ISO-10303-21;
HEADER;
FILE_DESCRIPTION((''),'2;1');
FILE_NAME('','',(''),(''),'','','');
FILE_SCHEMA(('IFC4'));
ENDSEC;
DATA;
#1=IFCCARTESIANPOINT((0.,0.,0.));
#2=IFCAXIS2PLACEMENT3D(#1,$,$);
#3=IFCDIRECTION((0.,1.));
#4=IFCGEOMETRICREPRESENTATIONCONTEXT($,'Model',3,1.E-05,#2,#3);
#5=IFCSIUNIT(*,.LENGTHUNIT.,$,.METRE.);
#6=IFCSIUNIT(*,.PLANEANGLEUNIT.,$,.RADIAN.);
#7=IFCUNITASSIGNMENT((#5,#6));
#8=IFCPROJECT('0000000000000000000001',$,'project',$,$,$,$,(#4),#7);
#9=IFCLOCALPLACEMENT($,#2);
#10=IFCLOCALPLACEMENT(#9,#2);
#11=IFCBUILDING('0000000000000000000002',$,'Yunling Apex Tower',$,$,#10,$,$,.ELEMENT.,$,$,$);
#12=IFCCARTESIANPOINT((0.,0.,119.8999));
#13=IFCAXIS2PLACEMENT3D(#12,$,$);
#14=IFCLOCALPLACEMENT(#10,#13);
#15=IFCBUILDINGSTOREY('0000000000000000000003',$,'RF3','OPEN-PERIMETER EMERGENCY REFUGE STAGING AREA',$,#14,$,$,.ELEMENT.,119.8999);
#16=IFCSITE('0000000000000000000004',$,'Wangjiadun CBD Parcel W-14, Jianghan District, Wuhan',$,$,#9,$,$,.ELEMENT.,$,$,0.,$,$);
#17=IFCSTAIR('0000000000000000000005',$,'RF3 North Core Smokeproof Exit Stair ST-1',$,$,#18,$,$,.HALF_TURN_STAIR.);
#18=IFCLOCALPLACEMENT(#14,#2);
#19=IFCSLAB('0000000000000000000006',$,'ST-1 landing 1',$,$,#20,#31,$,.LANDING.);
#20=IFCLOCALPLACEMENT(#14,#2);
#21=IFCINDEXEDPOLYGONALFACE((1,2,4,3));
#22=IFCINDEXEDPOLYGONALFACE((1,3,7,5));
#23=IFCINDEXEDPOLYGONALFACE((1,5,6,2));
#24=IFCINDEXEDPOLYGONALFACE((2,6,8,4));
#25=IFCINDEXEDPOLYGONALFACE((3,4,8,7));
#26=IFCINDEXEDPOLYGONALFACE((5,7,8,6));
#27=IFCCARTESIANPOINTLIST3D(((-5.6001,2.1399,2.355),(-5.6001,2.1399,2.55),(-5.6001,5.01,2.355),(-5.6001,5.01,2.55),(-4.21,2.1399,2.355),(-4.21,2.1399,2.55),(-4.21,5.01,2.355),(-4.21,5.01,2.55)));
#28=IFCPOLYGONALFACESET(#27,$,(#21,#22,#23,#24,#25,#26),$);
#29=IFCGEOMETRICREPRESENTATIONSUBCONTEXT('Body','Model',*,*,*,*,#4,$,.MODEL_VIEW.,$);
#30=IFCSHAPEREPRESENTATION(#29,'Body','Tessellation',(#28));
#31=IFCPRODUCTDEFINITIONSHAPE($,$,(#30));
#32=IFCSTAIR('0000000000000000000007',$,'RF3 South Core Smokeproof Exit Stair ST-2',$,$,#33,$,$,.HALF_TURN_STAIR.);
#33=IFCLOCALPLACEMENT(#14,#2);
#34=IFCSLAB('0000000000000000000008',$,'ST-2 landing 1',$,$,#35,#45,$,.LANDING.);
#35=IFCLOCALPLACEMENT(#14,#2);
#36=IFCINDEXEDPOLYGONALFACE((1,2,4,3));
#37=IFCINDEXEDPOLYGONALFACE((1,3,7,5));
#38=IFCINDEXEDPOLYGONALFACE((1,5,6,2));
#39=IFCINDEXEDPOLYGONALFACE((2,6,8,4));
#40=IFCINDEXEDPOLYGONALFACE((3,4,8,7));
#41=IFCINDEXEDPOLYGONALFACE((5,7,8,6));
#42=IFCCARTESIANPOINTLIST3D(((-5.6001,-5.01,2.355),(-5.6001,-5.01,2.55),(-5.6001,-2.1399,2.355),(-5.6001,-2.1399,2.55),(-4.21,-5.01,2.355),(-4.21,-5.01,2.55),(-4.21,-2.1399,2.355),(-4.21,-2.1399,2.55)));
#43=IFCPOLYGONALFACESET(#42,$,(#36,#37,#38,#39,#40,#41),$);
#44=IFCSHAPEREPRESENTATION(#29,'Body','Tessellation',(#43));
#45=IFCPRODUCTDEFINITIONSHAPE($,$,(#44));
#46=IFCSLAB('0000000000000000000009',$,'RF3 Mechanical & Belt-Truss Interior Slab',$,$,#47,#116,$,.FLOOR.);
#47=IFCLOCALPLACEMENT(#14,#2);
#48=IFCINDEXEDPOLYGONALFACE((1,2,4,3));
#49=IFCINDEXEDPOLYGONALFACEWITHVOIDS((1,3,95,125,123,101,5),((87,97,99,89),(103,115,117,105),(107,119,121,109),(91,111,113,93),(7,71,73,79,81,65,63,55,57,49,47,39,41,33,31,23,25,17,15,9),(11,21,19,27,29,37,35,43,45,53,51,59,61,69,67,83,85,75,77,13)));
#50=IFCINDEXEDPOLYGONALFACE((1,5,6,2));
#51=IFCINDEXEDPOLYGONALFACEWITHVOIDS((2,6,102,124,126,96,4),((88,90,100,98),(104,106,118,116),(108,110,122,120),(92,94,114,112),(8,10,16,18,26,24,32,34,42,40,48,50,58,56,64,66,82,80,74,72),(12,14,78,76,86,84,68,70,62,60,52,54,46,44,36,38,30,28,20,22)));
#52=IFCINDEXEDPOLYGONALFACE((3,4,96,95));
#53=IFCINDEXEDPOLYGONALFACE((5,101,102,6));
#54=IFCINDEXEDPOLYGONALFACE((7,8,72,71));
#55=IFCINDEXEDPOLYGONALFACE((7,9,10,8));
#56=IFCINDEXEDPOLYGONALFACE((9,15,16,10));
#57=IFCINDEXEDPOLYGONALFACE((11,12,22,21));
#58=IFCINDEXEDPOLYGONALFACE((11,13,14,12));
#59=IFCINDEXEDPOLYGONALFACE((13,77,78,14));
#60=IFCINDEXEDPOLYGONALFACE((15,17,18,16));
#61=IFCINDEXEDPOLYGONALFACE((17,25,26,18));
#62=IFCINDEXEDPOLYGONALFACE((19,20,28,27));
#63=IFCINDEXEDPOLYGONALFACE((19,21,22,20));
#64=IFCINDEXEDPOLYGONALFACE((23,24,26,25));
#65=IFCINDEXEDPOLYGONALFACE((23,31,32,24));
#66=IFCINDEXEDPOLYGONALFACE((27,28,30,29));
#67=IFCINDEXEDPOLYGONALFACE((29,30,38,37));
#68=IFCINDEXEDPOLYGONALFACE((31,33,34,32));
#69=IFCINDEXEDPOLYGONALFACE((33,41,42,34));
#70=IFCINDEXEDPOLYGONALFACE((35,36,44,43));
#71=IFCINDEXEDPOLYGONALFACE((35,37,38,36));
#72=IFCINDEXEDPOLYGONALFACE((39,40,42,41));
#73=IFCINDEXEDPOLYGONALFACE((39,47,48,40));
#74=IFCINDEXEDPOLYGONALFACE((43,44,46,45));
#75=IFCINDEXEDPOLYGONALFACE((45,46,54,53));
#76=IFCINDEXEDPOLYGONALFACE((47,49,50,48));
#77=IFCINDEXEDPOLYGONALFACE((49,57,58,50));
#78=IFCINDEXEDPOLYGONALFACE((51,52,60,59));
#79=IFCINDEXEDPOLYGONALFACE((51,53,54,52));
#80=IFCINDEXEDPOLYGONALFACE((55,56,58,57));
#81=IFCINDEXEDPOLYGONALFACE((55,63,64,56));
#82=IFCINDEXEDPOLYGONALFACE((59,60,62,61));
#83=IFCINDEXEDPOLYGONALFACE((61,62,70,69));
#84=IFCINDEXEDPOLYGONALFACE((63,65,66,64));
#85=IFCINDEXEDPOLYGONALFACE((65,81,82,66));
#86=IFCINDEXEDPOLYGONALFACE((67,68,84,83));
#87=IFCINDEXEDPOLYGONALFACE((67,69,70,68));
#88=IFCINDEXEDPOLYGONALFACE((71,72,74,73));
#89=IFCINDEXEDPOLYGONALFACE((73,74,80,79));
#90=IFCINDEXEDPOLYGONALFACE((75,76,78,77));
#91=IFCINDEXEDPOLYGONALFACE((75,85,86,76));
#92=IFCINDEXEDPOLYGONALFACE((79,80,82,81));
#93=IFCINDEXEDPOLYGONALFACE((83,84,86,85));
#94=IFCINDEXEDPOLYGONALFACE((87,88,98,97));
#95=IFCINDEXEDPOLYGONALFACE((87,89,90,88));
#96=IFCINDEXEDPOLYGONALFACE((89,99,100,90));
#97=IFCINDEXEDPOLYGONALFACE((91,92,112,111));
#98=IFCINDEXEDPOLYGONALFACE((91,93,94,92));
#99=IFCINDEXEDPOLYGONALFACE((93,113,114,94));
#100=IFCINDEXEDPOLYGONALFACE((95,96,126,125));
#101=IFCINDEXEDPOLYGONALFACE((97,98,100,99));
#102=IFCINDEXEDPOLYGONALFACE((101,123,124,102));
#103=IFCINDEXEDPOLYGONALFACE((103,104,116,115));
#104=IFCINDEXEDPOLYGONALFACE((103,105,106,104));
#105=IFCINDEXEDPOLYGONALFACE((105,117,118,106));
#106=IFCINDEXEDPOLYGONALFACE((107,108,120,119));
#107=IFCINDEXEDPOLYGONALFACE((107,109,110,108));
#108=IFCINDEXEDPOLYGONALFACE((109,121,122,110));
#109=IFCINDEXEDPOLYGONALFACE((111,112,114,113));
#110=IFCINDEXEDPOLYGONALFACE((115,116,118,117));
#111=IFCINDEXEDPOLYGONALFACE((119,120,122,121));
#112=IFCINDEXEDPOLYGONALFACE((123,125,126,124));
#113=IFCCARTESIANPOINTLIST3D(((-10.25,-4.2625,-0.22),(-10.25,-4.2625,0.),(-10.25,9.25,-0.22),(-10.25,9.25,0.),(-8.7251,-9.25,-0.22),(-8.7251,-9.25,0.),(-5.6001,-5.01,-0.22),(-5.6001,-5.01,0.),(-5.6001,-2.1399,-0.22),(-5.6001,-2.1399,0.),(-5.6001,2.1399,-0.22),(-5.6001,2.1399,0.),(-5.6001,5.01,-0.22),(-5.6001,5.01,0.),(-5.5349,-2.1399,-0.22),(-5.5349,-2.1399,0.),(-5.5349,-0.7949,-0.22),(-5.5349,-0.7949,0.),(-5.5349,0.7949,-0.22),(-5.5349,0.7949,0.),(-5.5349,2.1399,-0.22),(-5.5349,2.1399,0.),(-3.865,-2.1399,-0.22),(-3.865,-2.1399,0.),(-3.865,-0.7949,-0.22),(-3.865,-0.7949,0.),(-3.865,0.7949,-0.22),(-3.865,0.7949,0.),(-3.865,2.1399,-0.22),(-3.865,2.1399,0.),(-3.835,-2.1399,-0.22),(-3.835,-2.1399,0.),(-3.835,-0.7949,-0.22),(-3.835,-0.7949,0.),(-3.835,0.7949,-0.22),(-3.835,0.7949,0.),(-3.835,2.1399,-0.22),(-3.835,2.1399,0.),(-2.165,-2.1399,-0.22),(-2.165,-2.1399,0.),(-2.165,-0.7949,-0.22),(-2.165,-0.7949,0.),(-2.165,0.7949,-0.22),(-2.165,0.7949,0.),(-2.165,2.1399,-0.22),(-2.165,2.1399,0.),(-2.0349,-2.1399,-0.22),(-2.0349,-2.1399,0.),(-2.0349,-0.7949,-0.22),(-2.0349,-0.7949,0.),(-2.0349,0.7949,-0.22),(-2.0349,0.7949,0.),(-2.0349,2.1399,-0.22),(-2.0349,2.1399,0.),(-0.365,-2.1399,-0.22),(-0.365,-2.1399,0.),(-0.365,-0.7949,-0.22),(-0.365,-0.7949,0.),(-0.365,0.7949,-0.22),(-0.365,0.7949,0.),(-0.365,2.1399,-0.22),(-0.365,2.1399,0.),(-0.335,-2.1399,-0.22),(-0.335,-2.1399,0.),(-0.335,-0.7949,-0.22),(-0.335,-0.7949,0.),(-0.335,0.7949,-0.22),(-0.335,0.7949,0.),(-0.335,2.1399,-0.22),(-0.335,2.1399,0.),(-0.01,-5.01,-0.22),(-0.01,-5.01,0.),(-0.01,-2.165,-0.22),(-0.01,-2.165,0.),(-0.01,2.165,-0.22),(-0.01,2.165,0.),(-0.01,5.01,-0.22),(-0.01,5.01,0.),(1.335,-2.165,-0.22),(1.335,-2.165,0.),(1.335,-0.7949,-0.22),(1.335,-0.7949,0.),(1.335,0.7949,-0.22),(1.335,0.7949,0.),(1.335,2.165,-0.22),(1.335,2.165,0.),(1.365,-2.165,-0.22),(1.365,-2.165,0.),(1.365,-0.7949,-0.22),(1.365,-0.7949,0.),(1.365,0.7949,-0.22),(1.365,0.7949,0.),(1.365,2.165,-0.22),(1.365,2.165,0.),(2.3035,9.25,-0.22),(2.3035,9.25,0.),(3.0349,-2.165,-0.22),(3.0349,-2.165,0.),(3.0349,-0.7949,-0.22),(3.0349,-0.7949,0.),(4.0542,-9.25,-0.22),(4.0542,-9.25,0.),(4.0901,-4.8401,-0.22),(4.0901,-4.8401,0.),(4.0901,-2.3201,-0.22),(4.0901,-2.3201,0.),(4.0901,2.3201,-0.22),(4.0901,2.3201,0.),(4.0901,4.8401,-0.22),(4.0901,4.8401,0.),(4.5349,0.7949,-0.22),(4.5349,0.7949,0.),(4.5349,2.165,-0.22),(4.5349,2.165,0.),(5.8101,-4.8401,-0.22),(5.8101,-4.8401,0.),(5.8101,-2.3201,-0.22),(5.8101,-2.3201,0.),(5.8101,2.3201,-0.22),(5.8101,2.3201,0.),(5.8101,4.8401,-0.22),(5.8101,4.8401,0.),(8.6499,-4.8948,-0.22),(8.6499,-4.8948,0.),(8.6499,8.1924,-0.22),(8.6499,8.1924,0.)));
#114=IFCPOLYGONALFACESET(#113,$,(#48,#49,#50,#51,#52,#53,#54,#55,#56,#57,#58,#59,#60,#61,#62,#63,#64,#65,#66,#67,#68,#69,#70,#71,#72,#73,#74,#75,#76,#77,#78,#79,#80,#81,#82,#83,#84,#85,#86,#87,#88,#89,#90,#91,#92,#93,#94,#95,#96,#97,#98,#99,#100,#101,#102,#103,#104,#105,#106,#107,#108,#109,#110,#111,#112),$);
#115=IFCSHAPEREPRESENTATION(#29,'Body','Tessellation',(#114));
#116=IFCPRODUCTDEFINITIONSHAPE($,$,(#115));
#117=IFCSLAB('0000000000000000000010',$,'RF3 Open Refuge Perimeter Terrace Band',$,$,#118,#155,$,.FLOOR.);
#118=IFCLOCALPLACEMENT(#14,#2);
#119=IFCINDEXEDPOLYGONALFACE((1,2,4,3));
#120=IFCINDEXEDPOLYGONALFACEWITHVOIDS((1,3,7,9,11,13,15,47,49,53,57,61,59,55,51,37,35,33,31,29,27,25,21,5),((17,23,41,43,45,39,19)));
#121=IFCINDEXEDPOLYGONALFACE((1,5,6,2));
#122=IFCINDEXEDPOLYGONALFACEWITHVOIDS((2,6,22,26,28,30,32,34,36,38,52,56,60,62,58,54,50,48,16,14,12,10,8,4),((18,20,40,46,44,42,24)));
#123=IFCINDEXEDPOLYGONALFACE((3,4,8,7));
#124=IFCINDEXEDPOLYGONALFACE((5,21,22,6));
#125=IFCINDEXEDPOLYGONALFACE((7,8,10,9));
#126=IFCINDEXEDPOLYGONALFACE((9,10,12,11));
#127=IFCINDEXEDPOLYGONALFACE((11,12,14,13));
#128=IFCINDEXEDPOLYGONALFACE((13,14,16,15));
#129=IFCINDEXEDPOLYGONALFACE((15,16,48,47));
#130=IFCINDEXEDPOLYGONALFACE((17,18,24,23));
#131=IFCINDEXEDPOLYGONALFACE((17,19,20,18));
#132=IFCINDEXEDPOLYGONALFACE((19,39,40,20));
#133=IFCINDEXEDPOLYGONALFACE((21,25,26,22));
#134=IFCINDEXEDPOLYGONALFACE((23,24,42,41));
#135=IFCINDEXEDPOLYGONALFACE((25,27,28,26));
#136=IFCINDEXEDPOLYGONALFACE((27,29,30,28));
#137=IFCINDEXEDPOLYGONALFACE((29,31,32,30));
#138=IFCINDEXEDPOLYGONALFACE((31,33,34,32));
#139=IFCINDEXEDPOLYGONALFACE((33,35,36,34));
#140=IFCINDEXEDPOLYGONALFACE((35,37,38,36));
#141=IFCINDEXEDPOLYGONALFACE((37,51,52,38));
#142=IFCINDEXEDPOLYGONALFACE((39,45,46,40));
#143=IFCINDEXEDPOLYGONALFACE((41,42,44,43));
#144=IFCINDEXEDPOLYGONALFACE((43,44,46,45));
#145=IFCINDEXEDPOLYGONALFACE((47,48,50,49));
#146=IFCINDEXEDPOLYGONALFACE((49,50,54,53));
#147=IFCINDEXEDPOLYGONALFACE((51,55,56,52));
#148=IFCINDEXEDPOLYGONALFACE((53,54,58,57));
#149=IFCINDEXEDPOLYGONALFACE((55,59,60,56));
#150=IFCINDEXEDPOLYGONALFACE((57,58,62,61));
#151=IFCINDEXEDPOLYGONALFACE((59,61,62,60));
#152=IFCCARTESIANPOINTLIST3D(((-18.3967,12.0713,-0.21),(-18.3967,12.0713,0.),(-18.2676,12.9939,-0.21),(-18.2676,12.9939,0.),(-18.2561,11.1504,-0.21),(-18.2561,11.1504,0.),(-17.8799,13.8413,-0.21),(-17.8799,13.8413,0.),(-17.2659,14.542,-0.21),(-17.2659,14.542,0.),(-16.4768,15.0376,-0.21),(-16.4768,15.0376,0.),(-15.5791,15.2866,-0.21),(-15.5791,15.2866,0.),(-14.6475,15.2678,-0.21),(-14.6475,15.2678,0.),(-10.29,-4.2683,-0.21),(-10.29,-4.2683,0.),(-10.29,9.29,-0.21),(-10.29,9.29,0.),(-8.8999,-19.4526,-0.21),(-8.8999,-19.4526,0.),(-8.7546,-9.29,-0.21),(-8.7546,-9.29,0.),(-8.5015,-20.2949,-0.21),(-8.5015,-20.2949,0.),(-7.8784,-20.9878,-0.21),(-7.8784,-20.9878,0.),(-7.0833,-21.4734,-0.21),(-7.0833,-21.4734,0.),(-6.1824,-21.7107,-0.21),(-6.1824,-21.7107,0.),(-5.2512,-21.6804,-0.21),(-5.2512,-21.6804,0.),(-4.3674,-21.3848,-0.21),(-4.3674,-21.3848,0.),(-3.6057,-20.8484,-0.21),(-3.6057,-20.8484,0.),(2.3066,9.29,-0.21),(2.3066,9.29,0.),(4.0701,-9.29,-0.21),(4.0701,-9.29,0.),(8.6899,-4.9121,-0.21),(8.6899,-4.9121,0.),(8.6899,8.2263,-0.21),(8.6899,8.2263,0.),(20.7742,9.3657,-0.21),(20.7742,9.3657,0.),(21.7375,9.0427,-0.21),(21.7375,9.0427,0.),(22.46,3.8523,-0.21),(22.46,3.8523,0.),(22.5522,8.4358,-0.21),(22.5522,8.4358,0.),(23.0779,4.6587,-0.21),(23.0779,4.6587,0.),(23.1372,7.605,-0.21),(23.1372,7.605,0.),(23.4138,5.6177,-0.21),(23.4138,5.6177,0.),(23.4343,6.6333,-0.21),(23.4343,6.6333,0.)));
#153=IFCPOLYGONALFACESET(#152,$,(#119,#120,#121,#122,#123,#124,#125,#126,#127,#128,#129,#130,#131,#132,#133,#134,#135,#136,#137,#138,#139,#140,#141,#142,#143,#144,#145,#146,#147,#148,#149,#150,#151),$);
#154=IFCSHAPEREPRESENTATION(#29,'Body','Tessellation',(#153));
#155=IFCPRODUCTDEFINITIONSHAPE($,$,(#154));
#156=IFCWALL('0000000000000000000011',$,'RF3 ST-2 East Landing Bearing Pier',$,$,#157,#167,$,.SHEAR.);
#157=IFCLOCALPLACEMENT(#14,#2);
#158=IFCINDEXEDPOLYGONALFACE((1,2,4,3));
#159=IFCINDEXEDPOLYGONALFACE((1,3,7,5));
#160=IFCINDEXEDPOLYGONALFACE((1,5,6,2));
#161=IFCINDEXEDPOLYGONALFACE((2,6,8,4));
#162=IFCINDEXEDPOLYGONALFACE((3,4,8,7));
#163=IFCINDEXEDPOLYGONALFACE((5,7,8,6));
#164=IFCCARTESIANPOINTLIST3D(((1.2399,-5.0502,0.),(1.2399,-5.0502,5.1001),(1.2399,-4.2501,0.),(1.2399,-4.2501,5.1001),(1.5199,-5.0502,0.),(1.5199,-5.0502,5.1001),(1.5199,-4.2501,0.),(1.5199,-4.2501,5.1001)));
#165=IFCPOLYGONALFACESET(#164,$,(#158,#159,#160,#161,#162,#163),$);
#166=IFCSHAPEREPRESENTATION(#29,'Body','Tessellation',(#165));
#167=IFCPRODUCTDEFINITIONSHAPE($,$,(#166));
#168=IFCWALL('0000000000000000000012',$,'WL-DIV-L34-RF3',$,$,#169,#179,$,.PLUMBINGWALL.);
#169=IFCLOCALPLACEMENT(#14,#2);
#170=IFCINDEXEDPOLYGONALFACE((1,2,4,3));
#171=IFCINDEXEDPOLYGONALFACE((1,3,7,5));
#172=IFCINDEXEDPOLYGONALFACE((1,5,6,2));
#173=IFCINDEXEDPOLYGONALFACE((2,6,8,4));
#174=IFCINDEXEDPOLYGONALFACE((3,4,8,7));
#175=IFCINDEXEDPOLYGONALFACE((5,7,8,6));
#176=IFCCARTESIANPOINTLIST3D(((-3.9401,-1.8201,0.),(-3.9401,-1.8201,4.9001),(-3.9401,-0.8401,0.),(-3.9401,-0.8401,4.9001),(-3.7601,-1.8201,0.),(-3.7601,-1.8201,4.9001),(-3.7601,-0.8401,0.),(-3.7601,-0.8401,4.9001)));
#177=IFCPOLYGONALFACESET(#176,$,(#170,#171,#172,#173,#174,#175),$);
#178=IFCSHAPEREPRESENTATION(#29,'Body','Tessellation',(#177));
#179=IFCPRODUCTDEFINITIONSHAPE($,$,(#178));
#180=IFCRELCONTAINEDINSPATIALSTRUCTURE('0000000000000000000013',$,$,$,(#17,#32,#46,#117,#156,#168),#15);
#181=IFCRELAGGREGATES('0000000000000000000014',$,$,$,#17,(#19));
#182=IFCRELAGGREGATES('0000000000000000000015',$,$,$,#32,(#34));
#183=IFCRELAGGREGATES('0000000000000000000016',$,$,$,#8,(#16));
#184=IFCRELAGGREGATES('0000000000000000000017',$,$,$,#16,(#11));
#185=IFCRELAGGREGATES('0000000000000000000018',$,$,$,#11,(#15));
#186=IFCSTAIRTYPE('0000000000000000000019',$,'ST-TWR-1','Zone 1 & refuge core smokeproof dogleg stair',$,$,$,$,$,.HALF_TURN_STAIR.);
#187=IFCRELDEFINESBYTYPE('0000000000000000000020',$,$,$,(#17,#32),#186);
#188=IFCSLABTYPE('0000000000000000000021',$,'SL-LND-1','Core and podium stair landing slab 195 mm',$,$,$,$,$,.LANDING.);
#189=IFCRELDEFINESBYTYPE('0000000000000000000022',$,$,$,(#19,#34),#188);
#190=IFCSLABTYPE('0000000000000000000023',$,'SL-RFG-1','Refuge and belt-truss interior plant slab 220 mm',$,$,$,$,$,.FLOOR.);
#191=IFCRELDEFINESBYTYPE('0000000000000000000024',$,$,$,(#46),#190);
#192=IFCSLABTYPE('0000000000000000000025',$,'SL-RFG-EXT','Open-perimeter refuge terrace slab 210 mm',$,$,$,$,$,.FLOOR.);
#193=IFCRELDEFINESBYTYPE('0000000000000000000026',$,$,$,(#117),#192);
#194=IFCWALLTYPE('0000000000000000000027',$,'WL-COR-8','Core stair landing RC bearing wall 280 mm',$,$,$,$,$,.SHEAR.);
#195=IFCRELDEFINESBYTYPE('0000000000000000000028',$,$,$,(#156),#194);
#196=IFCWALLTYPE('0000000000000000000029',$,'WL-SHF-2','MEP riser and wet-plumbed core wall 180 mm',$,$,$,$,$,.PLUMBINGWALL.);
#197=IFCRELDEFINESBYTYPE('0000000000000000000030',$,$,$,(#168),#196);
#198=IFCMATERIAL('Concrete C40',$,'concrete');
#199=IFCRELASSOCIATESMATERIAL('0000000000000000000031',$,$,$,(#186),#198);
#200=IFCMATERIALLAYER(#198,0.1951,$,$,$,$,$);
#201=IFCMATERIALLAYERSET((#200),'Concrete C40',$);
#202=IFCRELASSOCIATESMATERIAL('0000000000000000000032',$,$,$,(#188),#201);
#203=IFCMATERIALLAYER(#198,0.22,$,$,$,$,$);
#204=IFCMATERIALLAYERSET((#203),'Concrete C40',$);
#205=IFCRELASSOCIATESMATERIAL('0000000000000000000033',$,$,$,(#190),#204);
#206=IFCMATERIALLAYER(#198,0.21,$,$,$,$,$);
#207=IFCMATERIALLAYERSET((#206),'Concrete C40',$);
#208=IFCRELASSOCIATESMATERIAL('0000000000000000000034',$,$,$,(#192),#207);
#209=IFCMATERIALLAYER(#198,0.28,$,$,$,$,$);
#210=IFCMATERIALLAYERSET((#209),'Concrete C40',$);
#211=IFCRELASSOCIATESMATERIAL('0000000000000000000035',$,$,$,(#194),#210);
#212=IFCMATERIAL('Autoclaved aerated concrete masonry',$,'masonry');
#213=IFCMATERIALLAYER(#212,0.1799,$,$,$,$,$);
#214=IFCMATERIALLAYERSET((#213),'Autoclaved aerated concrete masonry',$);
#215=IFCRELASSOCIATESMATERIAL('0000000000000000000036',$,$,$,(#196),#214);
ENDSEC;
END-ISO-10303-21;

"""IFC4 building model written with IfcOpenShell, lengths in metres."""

from ifc_helpers import new_model, si_unit, direction, frame, frame_2d, origin, place, context, subcontext, project, spatial, polyline, rectangle, outline, extrude, material, layer, layer_set, type_object, element, aggregate, save


model = new_model("IFC4")

# Units and contexts
model_context = context("Model", 3, precision=1e-05, world=origin(), true_north=direction((0.0, 1.0)))
body_context = subcontext(model_context, "Body", "Model", "MODEL_VIEW")
ifc_project = project(units=[si_unit("LENGTHUNIT", "METRE"), si_unit("PLANEANGLEUNIT", "RADIAN")], contexts=[model_context])

# Site, building, storey
site_placement = place(None, origin())
site = spatial("IfcSite", under=ifc_project, at=site_placement, Name="Wangjiadun CBD Parcel W-14, Jianghan District, Wuhan", CompositionType="ELEMENT", RefElevation=0.0)
building_placement = place(site_placement, origin())
building = spatial("IfcBuilding", under=site, at=building_placement, Name="Yunling Apex Tower", CompositionType="ELEMENT")
storey_placement = place(building_placement, frame((0.0, 0.0, 119.8999)))
storey = spatial("IfcBuildingStorey", under=building, at=storey_placement, Name="RF3", Description="OPEN-PERIMETER EMERGENCY REFUGE STAGING AREA", CompositionType="ELEMENT", Elevation=119.8999)

# Stairs, slabs
ifc_material_1 = material(Name="Concrete C40", Category="concrete")
stair_type = type_object("IfcStairType", Name="ST-TWR-1", Description="Zone 1 & refuge core smokeproof dogleg stair", PredefinedType="HALF_TURN_STAIR", material=ifc_material_1)
stair_1_placement = place(storey_placement, origin())
stair_1 = element("IfcStair", 1, at=stair_1_placement, inside=storey, type_object=stair_type, Name="RF3 North Core Smokeproof Exit Stair ST-1", PredefinedType="HALF_TURN_STAIR")
ifc_layer_1 = layer(ifc_material_1, 0.1951)
ifc_layer_set_1 = layer_set([ifc_layer_1], Name="Concrete C40")
slab_type_1 = type_object("IfcSlabType", Name="SL-LND-1", Description="Core and podium stair landing slab 195 mm", PredefinedType="LANDING", material=ifc_layer_set_1)
slab_1_placement = place(storey_placement, frame((0.0, 0.0, 2.355)))
slab_1 = element("IfcSlab", 2, at=slab_1_placement, type_object=slab_type_1, Name="ST-1 landing 1", PredefinedType="LANDING", context=body_context, shape_type="SweptSolid", body=[
    extrude(outline(polyline([(-4.21, 5.01), (-5.6001, 5.01), (-5.6001, 2.1399), (-4.21, 2.1399), (-4.21, 5.01)])), origin(), (0.0, 0.0, 1.0), 0.1951),
])
aggregate(stair_1, [slab_1])
stair_2_placement = place(storey_placement, origin())
stair_2 = element("IfcStair", 3, at=stair_2_placement, inside=storey, type_object=stair_type, Name="RF3 South Core Smokeproof Exit Stair ST-2", PredefinedType="HALF_TURN_STAIR")
slab_2_placement = place(storey_placement, frame((0.0, 0.0, 2.355)))
slab_2 = element("IfcSlab", 4, at=slab_2_placement, type_object=slab_type_1, Name="ST-2 landing 1", PredefinedType="LANDING", context=body_context, shape_type="SweptSolid", body=[
    extrude(outline(polyline([(-4.21, -2.1399), (-5.6001, -2.1399), (-5.6001, -5.01), (-4.21, -5.01), (-4.21, -2.1399)])), origin(), (0.0, 0.0, 1.0), 0.1951),
])

# Slabs
ifc_layer_2 = layer(ifc_material_1, 0.22)
ifc_layer_set_2 = layer_set([ifc_layer_2], Name="Concrete C40")
slab_type_2 = type_object("IfcSlabType", Name="SL-RFG-1", Description="Refuge and belt-truss interior plant slab 220 mm", PredefinedType="FLOOR", material=ifc_layer_set_2)
slab_3_placement = place(storey_placement, frame((0.0, 0.0, -0.22)))
element("IfcSlab", 5, at=slab_3_placement, inside=storey, type_object=slab_type_2, Name="RF3 Mechanical & Belt-Truss Interior Slab", PredefinedType="FLOOR", context=body_context, shape_type="SweptSolid", body=[
    extrude(outline(polyline([(8.6499, 8.1924), (2.3035, 9.25), (-10.25, 9.25), (-10.25, -4.2625), (-8.7251, -9.25), (4.0542, -9.25), (8.6499, -4.8948), (8.6499, 8.1924)]), holes=[polyline([(5.8101, -2.3201), (5.8101, -4.8401), (4.0901, -4.8401), (4.0901, -2.3201), (5.8101, -2.3201)]), polyline([(5.8101, 4.8401), (5.8101, 2.3201), (4.0901, 2.3201), (4.0901, 4.8401), (5.8101, 4.8401)]), polyline([(1.365, 2.165), (4.5349, 2.165), (4.5349, 0.7949), (1.365, 0.7949), (1.365, 2.165)]), polyline([(3.0349, -0.7949), (3.0349, -2.165), (1.365, -2.165), (1.365, -0.7949), (3.0349, -0.7949)]), polyline([(-5.5349, -0.7949), (-3.865, -0.7949), (-3.865, -2.1399), (-3.835, -2.1399), (-3.835, -0.7949), (-2.165, -0.7949), (-2.165, -2.1399), (-2.0349, -2.1399), (-2.0349, -0.7949), (-0.365, -0.7949), (-0.365, -2.1399), (-0.335, -2.1399), (-0.335, -0.7949), (1.335, -0.7949), (1.335, -2.165), (-0.01, -2.165), (-0.01, -5.01), (-5.6001, -5.01), (-5.6001, -2.1399), (-5.5349, -2.1399), (-5.5349, -0.7949)]), polyline([(-5.6001, 2.1399), (-5.6001, 5.01), (-0.01, 5.01), (-0.01, 2.165), (1.335, 2.165), (1.335, 0.7949), (-0.335, 0.7949), (-0.335, 2.1399), (-0.365, 2.1399), (-0.365, 0.7949), (-2.0349, 0.7949), (-2.0349, 2.1399), (-2.165, 2.1399), (-2.165, 0.7949), (-3.835, 0.7949), (-3.835, 2.1399), (-3.865, 2.1399), (-3.865, 0.7949), (-5.5349, 0.7949), (-5.5349, 2.1399), (-5.6001, 2.1399)])]), origin(), (0.0, 0.0, 1.0), 0.22),
])
ifc_layer_3 = layer(ifc_material_1, 0.21)
ifc_layer_set_3 = layer_set([ifc_layer_3], Name="Concrete C40")
slab_type_3 = type_object("IfcSlabType", Name="SL-RFG-EXT", Description="Open-perimeter refuge terrace slab 210 mm", PredefinedType="FLOOR", material=ifc_layer_set_3)
slab_4_placement = place(storey_placement, frame((0.0, 0.0, -0.21)))
element("IfcSlab", 6, at=slab_4_placement, inside=storey, type_object=slab_type_3, Name="RF3 Open Refuge Perimeter Terrace Band", PredefinedType="FLOOR", context=body_context, shape_type="SweptSolid", body=[
    extrude(outline(polyline([(-8.8999, -19.4526), (-8.5015, -20.2949), (-7.8784, -20.9878), (-7.0833, -21.4734), (-6.1824, -21.7107), (-5.2512, -21.6804), (-4.3674, -21.3848), (-3.6057, -20.8484), (22.46, 3.8523), (23.0779, 4.6587), (23.4138, 5.6177), (23.4343, 6.6333), (23.1372, 7.605), (22.5522, 8.4358), (21.7375, 9.0427), (20.7742, 9.3657), (-14.6475, 15.2678), (-15.5791, 15.2866), (-16.4768, 15.0376), (-17.2659, 14.542), (-17.8799, 13.8413), (-18.2676, 12.9939), (-18.3967, 12.0713), (-18.2561, 11.1504), (-8.8999, -19.4526)]), holes=[polyline([(4.0701, -9.29), (-8.7546, -9.29), (-10.29, -4.2683), (-10.29, 9.29), (2.3066, 9.29), (8.6899, 8.2263), (8.6899, -4.9121), (4.0701, -9.29)])]), origin(), (0.0, 0.0, 1.0), 0.21),
])

# Wall
ifc_layer_4 = layer(ifc_material_1, 0.28)
ifc_layer_set_4 = layer_set([ifc_layer_4], Name="Concrete C40")
wall_type_1 = type_object("IfcWallType", Name="WL-COR-8", Description="Core stair landing RC bearing wall 280 mm", PredefinedType="SHEAR", material=ifc_layer_set_4)
wall_1_placement = place(storey_placement, frame((1.3799, -5.05, 0.0), z_axis=(0.0, 0.0, 1.0), x_axis=(0.0, 1.0, 0.0)))
element("IfcWall", 7, at=wall_1_placement, inside=storey, type_object=wall_type_1, Name="RF3 ST-2 East Landing Bearing Pier", PredefinedType="SHEAR", context=body_context, shape_type="SweptSolid", body=[
    extrude(rectangle(XDim=0.8, YDim=0.28, at=frame_2d((0.3999, 0.0))), origin(), (0.0, 0.0, 1.0), 5.1001),
])

# Shared definitions
ifc_material_2 = material(Name="Autoclaved aerated concrete masonry", Category="masonry")

# Wall
ifc_layer_5 = layer(ifc_material_2, 0.1799)
ifc_layer_set_5 = layer_set([ifc_layer_5], Name="Autoclaved aerated concrete masonry")
wall_type_2 = type_object("IfcWallType", Name="WL-SHF-2", Description="MEP riser and wet-plumbed core wall 180 mm", PredefinedType="PLUMBINGWALL", material=ifc_layer_set_5)
for number, where, z_axis, x_axis, name in (
    (8, (-3.8501, -1.8201, 0.0), (0.0, 0.0, 1.0), (0.0, 1.0, 0.0), "WL-DIV-L34-RF3"),
):
    element("IfcWall", number, at=place(storey_placement, frame(where, z_axis=z_axis, x_axis=x_axis)), inside=storey, type_object=wall_type_2, Name=name, PredefinedType="PLUMBINGWALL", context=body_context, shape_type="SweptSolid", body=[
        extrude(rectangle(XDim=0.98, YDim=0.1799, at=frame_2d((0.49, 0.0))), origin(), (0.0, 0.0, 1.0), 4.9001),
    ])

aggregate(stair_2, [slab_2])

save(model, "model.ifc")
